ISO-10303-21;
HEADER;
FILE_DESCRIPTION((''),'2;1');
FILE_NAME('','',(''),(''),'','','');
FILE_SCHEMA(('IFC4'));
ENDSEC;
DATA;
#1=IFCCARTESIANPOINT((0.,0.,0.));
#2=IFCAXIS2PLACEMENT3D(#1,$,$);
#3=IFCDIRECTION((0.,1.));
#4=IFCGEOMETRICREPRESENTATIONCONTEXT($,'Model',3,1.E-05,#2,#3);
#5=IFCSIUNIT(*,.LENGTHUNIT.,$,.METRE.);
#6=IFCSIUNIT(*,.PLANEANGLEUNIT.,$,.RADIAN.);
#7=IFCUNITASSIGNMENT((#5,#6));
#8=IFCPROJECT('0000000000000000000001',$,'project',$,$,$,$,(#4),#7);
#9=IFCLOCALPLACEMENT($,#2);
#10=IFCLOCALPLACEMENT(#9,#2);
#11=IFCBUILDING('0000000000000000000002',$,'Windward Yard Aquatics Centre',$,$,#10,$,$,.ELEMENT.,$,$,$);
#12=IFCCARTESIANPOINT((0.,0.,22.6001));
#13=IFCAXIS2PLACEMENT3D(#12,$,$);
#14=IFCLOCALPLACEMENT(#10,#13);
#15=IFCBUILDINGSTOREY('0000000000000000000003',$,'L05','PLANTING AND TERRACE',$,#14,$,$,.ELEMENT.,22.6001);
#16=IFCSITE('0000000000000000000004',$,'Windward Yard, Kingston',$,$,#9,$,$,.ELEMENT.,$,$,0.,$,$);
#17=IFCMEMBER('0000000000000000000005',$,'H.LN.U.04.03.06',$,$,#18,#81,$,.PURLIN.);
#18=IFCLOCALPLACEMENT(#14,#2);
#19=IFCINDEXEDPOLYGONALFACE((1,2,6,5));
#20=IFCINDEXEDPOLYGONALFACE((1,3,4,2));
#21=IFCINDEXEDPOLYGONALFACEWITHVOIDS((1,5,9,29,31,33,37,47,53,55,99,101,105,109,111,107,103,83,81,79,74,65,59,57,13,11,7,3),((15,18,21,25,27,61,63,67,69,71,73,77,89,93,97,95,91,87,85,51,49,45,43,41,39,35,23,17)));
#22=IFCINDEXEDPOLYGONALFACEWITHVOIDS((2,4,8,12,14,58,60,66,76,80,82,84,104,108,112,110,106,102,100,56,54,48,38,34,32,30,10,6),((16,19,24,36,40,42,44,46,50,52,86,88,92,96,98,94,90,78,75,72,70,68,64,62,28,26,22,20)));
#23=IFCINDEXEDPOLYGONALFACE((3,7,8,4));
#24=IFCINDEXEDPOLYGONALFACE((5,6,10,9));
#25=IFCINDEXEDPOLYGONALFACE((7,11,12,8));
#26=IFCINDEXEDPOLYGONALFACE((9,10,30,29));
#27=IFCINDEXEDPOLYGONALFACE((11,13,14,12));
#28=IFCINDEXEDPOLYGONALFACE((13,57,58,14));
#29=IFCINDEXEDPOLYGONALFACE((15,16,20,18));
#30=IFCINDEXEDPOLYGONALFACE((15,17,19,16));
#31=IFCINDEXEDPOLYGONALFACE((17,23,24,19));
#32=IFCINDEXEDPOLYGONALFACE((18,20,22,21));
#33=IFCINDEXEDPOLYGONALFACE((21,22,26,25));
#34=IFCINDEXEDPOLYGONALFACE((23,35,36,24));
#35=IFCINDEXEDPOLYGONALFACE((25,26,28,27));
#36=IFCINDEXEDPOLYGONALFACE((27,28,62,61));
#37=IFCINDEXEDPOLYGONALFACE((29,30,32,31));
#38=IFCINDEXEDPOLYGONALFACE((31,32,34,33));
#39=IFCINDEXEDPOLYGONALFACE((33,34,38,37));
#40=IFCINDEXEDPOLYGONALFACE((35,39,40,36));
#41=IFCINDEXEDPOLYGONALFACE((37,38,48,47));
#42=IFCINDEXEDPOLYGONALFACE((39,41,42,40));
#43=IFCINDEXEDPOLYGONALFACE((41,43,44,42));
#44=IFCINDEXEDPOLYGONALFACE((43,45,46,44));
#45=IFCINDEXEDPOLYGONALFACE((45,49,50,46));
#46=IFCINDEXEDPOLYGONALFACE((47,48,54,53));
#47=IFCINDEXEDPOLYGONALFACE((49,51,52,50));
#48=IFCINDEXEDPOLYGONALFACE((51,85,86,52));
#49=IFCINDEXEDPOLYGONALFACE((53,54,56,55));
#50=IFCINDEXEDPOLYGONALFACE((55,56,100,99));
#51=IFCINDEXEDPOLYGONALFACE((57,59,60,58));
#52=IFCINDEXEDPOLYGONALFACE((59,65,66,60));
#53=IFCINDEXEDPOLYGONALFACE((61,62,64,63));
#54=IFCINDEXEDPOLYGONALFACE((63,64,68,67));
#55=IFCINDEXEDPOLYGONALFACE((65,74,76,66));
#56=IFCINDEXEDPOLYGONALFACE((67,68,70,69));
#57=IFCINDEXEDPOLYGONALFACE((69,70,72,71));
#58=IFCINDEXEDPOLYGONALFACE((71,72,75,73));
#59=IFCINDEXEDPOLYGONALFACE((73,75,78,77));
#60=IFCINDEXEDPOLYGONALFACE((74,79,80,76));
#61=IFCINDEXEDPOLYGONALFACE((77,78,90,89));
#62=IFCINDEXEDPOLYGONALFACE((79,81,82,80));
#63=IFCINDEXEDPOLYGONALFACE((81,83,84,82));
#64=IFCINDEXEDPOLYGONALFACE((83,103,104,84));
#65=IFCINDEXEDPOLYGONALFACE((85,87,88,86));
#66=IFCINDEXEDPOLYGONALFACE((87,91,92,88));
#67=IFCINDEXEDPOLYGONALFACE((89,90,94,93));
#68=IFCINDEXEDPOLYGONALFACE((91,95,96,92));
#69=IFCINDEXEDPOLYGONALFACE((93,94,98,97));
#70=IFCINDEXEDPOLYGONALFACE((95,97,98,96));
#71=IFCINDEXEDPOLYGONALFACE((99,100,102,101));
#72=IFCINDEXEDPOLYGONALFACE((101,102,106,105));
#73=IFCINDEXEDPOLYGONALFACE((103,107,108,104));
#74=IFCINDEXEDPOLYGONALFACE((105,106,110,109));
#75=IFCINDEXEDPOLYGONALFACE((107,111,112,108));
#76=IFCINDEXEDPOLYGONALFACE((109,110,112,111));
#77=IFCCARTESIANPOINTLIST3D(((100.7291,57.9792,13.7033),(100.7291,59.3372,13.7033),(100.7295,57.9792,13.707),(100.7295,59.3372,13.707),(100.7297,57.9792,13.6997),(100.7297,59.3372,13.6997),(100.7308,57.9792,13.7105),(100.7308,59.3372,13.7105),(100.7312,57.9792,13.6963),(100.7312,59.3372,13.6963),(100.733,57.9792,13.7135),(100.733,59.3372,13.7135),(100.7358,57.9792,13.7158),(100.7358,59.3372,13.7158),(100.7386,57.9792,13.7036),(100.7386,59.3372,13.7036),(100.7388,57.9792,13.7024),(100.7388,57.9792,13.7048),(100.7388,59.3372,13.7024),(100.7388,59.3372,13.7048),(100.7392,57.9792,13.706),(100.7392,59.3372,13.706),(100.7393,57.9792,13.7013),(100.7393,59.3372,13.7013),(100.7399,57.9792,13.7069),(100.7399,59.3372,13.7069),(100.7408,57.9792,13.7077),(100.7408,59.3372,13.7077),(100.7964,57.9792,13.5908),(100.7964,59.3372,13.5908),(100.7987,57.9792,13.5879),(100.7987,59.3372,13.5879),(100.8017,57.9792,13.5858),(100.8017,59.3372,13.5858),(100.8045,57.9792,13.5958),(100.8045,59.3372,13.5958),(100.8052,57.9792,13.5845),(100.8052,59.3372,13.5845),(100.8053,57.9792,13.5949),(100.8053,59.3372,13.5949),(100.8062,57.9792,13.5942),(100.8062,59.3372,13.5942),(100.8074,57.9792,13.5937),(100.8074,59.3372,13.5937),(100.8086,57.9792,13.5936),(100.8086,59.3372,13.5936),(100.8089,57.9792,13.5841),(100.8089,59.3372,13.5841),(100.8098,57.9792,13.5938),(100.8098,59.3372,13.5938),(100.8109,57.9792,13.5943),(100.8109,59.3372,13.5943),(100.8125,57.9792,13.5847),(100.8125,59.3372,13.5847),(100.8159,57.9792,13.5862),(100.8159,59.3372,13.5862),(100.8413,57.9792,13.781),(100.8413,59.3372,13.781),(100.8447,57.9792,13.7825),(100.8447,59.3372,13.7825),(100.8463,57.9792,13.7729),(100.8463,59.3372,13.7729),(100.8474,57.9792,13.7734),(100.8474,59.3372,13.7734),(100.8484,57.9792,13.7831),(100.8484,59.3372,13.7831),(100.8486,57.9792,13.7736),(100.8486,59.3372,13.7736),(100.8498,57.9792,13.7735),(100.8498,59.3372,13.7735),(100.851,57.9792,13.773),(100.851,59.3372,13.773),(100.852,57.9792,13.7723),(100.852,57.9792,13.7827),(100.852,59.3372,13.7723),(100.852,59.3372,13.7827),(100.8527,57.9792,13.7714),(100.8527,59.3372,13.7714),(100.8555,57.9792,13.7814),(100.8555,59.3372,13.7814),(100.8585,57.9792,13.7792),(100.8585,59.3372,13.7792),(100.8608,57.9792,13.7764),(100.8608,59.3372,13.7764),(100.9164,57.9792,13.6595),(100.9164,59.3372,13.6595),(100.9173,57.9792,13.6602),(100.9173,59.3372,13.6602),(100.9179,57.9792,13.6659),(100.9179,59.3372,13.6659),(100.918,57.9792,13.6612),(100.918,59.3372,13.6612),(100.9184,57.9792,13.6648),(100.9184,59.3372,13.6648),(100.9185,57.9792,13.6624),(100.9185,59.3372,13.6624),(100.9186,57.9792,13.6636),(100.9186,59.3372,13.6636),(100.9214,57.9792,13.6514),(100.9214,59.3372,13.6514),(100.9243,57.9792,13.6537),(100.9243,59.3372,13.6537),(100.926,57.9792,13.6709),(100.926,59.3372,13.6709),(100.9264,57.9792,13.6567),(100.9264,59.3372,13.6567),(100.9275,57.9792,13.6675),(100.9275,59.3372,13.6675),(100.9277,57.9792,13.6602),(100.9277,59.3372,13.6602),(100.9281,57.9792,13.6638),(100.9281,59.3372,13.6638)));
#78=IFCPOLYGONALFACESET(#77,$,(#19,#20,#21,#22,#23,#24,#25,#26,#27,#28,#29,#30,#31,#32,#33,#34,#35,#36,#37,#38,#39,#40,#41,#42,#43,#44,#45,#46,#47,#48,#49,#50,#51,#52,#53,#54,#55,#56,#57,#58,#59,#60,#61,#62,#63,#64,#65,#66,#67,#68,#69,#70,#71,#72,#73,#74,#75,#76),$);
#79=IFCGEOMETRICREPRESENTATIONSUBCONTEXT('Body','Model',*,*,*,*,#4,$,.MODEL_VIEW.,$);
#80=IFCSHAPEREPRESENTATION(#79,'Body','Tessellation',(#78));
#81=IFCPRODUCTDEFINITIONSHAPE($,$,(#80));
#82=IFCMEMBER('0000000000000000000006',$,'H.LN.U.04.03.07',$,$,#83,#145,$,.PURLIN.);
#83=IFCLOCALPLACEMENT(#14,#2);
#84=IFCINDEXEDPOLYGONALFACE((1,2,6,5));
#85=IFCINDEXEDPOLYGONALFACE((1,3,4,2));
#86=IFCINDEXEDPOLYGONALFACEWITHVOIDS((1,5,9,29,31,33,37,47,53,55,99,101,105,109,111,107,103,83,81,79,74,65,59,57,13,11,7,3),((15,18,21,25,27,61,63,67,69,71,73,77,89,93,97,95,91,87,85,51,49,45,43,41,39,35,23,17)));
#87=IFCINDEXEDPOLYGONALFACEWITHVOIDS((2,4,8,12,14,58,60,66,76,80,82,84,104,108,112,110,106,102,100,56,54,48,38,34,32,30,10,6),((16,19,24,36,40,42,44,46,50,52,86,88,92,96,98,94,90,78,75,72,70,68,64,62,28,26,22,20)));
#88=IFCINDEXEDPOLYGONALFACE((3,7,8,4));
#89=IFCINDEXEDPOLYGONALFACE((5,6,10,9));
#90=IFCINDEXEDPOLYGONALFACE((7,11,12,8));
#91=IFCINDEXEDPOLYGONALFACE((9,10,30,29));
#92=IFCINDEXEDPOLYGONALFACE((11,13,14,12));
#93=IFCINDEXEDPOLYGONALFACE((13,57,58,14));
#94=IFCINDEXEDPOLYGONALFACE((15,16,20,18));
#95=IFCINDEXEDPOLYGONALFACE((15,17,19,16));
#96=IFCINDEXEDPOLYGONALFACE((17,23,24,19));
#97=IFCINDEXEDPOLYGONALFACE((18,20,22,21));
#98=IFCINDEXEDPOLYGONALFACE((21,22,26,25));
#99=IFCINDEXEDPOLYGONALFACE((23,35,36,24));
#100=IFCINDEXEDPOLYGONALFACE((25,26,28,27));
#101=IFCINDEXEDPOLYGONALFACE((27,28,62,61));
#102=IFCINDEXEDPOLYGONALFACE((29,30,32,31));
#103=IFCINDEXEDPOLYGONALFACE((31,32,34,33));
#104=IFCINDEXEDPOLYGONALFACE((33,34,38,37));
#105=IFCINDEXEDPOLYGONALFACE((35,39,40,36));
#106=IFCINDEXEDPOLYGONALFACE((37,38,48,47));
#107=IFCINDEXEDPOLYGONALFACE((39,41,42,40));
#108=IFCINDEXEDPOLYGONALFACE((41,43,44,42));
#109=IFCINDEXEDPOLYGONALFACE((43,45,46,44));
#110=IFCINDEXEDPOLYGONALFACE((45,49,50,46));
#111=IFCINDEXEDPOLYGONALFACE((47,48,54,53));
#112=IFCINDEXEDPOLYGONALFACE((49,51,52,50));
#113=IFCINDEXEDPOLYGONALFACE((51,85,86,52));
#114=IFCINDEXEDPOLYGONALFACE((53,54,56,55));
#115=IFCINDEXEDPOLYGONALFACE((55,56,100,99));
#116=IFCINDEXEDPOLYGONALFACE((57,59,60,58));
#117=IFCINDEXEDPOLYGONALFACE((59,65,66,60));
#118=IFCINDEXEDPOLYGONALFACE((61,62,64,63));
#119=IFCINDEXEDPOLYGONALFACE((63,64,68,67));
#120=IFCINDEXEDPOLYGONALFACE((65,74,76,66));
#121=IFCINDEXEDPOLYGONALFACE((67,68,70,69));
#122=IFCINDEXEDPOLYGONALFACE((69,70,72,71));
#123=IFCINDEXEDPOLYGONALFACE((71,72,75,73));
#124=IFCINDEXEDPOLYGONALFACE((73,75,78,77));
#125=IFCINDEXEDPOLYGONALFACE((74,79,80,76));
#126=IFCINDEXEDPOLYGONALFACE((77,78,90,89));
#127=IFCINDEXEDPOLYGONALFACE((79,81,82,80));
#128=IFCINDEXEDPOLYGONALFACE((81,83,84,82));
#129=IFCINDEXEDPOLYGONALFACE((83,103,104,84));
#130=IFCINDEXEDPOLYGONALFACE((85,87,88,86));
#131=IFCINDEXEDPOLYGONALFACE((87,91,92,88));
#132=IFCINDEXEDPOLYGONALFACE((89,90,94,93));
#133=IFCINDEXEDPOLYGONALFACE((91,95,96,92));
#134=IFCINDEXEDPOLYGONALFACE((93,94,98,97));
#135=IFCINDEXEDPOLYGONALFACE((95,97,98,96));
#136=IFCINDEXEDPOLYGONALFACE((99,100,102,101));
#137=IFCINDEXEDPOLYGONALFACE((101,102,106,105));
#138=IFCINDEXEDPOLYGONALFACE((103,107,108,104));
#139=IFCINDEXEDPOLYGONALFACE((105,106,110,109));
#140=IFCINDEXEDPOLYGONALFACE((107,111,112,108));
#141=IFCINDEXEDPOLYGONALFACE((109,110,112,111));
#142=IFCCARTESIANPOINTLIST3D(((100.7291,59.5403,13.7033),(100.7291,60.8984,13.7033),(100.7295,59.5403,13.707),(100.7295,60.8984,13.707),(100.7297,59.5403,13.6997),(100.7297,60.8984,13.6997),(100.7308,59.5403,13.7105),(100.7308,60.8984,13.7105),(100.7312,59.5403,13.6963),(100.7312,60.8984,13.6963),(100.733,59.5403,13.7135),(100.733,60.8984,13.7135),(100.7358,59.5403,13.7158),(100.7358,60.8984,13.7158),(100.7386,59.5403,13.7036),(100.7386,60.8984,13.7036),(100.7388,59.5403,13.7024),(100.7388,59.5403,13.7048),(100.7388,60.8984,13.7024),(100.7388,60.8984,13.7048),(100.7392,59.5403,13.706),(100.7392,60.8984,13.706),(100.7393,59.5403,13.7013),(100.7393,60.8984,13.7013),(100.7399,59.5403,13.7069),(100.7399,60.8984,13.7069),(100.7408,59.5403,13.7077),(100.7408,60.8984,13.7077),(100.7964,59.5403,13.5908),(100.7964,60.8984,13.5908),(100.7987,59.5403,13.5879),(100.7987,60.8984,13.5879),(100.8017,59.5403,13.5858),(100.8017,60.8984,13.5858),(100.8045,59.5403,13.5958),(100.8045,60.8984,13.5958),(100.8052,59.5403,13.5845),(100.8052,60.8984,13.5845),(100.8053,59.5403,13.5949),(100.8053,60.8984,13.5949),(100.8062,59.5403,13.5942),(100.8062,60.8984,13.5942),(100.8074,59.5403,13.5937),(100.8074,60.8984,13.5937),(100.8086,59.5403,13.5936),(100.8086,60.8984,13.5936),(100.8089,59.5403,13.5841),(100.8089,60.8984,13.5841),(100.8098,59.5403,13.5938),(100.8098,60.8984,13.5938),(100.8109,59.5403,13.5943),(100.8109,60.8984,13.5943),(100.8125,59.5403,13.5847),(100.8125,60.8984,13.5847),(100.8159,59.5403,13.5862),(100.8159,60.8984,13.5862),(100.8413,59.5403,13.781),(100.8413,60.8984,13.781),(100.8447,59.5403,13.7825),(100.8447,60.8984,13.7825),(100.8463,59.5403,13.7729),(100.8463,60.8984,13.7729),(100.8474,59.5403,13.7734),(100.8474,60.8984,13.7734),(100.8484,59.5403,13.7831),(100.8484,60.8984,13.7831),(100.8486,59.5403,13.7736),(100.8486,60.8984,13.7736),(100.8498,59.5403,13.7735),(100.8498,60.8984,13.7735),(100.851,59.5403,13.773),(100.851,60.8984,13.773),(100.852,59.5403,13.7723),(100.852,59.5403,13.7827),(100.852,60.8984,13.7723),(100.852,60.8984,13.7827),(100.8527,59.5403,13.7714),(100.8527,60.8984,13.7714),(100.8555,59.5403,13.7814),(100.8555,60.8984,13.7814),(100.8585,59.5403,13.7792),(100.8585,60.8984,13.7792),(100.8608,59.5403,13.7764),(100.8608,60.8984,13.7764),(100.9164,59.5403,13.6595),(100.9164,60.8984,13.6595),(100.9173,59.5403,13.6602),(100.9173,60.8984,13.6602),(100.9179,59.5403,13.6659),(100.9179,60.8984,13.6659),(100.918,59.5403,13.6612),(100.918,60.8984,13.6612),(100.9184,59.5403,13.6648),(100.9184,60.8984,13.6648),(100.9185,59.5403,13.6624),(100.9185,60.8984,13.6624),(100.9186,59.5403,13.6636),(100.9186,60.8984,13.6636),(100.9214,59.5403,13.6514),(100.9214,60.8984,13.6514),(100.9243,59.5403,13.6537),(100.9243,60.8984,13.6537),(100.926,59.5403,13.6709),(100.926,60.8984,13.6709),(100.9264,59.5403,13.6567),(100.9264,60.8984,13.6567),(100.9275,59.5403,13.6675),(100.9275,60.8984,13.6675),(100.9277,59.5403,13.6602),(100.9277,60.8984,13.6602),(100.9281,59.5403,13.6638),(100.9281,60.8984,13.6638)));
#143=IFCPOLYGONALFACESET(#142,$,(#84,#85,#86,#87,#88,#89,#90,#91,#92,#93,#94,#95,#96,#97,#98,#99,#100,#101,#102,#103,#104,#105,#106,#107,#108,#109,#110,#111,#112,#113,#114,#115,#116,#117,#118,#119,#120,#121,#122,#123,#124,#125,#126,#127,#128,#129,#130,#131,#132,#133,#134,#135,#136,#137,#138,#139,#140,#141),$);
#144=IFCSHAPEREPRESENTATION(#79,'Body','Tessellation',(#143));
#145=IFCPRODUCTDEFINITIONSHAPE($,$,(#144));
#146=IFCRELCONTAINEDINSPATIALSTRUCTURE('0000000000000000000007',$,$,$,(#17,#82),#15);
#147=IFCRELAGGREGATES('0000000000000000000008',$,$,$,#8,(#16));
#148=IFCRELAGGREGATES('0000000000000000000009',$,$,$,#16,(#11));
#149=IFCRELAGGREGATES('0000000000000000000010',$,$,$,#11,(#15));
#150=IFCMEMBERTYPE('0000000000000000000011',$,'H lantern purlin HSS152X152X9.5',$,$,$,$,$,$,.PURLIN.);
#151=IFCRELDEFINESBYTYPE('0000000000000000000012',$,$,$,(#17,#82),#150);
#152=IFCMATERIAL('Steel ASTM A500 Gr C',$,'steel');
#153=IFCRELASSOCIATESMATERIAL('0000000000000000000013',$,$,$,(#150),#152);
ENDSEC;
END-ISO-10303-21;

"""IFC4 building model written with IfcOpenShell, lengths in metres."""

from ifc_helpers import new_model, si_unit, direction, frame, origin, origin_2d, place, context, subcontext, project, spatial, hollow_rectangle, extrude, material, material_profile, profile_set, type_object, element, save


model = new_model("IFC4")

# Units and contexts
model_context = context("Model", 3, precision=1e-05, world=origin(), true_north=direction((0.0, 1.0)))
body_context = subcontext(model_context, "Body", "Model", "MODEL_VIEW")
ifc_project = project(units=[si_unit("LENGTHUNIT", "METRE"), si_unit("PLANEANGLEUNIT", "RADIAN")], contexts=[model_context])

# Site, building, storey
site_placement = place(None, origin())
site = spatial("IfcSite", under=ifc_project, at=site_placement, Name="Windward Yard, Kingston", CompositionType="ELEMENT", RefElevation=0.0)
building_placement = place(site_placement, origin())
building = spatial("IfcBuilding", under=site, at=building_placement, Name="Windward Yard Aquatics Centre", CompositionType="ELEMENT")
storey_placement = place(building_placement, frame((0.0, 0.0, 22.6001)))
storey = spatial("IfcBuildingStorey", under=building, at=storey_placement, Name="L05", Description="PLANTING AND TERRACE", CompositionType="ELEMENT", Elevation=22.6001)

# Members
ifc_material_1 = material(Name="Steel ASTM A500 Gr C", Category="steel")
ifc_material_profile_1 = material_profile(ifc_material_1, hollow_rectangle(XDim=0.1523, YDim=0.1523, WallThickness=0.0095, InnerFilletRadius=0.0046, OuterFilletRadius=0.0142, at=origin_2d()), Name="HSS152X152X9.5")
ifc_profile_set_1 = profile_set([ifc_material_profile_1], Name="Steel ASTM A500 Gr C")
member_type_1 = type_object("IfcMemberType", Name="H lantern purlin HSS152X152X9.5", PredefinedType="PURLIN", material=ifc_profile_set_1)
member_1_placement = place(storey_placement, frame((100.8286, 57.9792, 13.6836), z_axis=(0.0, 1.0, 0.0), x_axis=(-0.850755, 0.0, -0.525562)))
element("IfcMember", 1, at=member_1_placement, inside=storey, type_object=member_type_1, Name="H.LN.U.04.03.06", PredefinedType="PURLIN", context=body_context, shape_type="SweptSolid", body=[
    extrude(hollow_rectangle(XDim=0.1523, YDim=0.1523, WallThickness=0.0095, InnerFilletRadius=0.0046, OuterFilletRadius=0.0142, at=origin_2d()), origin(), (0.0, 0.0, 1.0), 1.3579),
])
for number, where, z_axis, x_axis, name in (
    (2, (100.8286, 59.5403, 13.6836), (0.0, 1.0, 0.0), (-0.850755, 0.0, -0.525562), "H.LN.U.04.03.07"),
):
    element("IfcMember", number, at=place(storey_placement, frame(where, z_axis=z_axis, x_axis=x_axis)), inside=storey, type_object=member_type_1, Name=name, PredefinedType="PURLIN", context=body_context, shape_type="SweptSolid", body=[
        extrude(hollow_rectangle(XDim=0.1523, YDim=0.1523, WallThickness=0.0095, InnerFilletRadius=0.0046, OuterFilletRadius=0.0142, at=origin_2d()), origin(), (0.0, 0.0, 1.0), 1.3582),
    ])

save(model, "model.ifc")
